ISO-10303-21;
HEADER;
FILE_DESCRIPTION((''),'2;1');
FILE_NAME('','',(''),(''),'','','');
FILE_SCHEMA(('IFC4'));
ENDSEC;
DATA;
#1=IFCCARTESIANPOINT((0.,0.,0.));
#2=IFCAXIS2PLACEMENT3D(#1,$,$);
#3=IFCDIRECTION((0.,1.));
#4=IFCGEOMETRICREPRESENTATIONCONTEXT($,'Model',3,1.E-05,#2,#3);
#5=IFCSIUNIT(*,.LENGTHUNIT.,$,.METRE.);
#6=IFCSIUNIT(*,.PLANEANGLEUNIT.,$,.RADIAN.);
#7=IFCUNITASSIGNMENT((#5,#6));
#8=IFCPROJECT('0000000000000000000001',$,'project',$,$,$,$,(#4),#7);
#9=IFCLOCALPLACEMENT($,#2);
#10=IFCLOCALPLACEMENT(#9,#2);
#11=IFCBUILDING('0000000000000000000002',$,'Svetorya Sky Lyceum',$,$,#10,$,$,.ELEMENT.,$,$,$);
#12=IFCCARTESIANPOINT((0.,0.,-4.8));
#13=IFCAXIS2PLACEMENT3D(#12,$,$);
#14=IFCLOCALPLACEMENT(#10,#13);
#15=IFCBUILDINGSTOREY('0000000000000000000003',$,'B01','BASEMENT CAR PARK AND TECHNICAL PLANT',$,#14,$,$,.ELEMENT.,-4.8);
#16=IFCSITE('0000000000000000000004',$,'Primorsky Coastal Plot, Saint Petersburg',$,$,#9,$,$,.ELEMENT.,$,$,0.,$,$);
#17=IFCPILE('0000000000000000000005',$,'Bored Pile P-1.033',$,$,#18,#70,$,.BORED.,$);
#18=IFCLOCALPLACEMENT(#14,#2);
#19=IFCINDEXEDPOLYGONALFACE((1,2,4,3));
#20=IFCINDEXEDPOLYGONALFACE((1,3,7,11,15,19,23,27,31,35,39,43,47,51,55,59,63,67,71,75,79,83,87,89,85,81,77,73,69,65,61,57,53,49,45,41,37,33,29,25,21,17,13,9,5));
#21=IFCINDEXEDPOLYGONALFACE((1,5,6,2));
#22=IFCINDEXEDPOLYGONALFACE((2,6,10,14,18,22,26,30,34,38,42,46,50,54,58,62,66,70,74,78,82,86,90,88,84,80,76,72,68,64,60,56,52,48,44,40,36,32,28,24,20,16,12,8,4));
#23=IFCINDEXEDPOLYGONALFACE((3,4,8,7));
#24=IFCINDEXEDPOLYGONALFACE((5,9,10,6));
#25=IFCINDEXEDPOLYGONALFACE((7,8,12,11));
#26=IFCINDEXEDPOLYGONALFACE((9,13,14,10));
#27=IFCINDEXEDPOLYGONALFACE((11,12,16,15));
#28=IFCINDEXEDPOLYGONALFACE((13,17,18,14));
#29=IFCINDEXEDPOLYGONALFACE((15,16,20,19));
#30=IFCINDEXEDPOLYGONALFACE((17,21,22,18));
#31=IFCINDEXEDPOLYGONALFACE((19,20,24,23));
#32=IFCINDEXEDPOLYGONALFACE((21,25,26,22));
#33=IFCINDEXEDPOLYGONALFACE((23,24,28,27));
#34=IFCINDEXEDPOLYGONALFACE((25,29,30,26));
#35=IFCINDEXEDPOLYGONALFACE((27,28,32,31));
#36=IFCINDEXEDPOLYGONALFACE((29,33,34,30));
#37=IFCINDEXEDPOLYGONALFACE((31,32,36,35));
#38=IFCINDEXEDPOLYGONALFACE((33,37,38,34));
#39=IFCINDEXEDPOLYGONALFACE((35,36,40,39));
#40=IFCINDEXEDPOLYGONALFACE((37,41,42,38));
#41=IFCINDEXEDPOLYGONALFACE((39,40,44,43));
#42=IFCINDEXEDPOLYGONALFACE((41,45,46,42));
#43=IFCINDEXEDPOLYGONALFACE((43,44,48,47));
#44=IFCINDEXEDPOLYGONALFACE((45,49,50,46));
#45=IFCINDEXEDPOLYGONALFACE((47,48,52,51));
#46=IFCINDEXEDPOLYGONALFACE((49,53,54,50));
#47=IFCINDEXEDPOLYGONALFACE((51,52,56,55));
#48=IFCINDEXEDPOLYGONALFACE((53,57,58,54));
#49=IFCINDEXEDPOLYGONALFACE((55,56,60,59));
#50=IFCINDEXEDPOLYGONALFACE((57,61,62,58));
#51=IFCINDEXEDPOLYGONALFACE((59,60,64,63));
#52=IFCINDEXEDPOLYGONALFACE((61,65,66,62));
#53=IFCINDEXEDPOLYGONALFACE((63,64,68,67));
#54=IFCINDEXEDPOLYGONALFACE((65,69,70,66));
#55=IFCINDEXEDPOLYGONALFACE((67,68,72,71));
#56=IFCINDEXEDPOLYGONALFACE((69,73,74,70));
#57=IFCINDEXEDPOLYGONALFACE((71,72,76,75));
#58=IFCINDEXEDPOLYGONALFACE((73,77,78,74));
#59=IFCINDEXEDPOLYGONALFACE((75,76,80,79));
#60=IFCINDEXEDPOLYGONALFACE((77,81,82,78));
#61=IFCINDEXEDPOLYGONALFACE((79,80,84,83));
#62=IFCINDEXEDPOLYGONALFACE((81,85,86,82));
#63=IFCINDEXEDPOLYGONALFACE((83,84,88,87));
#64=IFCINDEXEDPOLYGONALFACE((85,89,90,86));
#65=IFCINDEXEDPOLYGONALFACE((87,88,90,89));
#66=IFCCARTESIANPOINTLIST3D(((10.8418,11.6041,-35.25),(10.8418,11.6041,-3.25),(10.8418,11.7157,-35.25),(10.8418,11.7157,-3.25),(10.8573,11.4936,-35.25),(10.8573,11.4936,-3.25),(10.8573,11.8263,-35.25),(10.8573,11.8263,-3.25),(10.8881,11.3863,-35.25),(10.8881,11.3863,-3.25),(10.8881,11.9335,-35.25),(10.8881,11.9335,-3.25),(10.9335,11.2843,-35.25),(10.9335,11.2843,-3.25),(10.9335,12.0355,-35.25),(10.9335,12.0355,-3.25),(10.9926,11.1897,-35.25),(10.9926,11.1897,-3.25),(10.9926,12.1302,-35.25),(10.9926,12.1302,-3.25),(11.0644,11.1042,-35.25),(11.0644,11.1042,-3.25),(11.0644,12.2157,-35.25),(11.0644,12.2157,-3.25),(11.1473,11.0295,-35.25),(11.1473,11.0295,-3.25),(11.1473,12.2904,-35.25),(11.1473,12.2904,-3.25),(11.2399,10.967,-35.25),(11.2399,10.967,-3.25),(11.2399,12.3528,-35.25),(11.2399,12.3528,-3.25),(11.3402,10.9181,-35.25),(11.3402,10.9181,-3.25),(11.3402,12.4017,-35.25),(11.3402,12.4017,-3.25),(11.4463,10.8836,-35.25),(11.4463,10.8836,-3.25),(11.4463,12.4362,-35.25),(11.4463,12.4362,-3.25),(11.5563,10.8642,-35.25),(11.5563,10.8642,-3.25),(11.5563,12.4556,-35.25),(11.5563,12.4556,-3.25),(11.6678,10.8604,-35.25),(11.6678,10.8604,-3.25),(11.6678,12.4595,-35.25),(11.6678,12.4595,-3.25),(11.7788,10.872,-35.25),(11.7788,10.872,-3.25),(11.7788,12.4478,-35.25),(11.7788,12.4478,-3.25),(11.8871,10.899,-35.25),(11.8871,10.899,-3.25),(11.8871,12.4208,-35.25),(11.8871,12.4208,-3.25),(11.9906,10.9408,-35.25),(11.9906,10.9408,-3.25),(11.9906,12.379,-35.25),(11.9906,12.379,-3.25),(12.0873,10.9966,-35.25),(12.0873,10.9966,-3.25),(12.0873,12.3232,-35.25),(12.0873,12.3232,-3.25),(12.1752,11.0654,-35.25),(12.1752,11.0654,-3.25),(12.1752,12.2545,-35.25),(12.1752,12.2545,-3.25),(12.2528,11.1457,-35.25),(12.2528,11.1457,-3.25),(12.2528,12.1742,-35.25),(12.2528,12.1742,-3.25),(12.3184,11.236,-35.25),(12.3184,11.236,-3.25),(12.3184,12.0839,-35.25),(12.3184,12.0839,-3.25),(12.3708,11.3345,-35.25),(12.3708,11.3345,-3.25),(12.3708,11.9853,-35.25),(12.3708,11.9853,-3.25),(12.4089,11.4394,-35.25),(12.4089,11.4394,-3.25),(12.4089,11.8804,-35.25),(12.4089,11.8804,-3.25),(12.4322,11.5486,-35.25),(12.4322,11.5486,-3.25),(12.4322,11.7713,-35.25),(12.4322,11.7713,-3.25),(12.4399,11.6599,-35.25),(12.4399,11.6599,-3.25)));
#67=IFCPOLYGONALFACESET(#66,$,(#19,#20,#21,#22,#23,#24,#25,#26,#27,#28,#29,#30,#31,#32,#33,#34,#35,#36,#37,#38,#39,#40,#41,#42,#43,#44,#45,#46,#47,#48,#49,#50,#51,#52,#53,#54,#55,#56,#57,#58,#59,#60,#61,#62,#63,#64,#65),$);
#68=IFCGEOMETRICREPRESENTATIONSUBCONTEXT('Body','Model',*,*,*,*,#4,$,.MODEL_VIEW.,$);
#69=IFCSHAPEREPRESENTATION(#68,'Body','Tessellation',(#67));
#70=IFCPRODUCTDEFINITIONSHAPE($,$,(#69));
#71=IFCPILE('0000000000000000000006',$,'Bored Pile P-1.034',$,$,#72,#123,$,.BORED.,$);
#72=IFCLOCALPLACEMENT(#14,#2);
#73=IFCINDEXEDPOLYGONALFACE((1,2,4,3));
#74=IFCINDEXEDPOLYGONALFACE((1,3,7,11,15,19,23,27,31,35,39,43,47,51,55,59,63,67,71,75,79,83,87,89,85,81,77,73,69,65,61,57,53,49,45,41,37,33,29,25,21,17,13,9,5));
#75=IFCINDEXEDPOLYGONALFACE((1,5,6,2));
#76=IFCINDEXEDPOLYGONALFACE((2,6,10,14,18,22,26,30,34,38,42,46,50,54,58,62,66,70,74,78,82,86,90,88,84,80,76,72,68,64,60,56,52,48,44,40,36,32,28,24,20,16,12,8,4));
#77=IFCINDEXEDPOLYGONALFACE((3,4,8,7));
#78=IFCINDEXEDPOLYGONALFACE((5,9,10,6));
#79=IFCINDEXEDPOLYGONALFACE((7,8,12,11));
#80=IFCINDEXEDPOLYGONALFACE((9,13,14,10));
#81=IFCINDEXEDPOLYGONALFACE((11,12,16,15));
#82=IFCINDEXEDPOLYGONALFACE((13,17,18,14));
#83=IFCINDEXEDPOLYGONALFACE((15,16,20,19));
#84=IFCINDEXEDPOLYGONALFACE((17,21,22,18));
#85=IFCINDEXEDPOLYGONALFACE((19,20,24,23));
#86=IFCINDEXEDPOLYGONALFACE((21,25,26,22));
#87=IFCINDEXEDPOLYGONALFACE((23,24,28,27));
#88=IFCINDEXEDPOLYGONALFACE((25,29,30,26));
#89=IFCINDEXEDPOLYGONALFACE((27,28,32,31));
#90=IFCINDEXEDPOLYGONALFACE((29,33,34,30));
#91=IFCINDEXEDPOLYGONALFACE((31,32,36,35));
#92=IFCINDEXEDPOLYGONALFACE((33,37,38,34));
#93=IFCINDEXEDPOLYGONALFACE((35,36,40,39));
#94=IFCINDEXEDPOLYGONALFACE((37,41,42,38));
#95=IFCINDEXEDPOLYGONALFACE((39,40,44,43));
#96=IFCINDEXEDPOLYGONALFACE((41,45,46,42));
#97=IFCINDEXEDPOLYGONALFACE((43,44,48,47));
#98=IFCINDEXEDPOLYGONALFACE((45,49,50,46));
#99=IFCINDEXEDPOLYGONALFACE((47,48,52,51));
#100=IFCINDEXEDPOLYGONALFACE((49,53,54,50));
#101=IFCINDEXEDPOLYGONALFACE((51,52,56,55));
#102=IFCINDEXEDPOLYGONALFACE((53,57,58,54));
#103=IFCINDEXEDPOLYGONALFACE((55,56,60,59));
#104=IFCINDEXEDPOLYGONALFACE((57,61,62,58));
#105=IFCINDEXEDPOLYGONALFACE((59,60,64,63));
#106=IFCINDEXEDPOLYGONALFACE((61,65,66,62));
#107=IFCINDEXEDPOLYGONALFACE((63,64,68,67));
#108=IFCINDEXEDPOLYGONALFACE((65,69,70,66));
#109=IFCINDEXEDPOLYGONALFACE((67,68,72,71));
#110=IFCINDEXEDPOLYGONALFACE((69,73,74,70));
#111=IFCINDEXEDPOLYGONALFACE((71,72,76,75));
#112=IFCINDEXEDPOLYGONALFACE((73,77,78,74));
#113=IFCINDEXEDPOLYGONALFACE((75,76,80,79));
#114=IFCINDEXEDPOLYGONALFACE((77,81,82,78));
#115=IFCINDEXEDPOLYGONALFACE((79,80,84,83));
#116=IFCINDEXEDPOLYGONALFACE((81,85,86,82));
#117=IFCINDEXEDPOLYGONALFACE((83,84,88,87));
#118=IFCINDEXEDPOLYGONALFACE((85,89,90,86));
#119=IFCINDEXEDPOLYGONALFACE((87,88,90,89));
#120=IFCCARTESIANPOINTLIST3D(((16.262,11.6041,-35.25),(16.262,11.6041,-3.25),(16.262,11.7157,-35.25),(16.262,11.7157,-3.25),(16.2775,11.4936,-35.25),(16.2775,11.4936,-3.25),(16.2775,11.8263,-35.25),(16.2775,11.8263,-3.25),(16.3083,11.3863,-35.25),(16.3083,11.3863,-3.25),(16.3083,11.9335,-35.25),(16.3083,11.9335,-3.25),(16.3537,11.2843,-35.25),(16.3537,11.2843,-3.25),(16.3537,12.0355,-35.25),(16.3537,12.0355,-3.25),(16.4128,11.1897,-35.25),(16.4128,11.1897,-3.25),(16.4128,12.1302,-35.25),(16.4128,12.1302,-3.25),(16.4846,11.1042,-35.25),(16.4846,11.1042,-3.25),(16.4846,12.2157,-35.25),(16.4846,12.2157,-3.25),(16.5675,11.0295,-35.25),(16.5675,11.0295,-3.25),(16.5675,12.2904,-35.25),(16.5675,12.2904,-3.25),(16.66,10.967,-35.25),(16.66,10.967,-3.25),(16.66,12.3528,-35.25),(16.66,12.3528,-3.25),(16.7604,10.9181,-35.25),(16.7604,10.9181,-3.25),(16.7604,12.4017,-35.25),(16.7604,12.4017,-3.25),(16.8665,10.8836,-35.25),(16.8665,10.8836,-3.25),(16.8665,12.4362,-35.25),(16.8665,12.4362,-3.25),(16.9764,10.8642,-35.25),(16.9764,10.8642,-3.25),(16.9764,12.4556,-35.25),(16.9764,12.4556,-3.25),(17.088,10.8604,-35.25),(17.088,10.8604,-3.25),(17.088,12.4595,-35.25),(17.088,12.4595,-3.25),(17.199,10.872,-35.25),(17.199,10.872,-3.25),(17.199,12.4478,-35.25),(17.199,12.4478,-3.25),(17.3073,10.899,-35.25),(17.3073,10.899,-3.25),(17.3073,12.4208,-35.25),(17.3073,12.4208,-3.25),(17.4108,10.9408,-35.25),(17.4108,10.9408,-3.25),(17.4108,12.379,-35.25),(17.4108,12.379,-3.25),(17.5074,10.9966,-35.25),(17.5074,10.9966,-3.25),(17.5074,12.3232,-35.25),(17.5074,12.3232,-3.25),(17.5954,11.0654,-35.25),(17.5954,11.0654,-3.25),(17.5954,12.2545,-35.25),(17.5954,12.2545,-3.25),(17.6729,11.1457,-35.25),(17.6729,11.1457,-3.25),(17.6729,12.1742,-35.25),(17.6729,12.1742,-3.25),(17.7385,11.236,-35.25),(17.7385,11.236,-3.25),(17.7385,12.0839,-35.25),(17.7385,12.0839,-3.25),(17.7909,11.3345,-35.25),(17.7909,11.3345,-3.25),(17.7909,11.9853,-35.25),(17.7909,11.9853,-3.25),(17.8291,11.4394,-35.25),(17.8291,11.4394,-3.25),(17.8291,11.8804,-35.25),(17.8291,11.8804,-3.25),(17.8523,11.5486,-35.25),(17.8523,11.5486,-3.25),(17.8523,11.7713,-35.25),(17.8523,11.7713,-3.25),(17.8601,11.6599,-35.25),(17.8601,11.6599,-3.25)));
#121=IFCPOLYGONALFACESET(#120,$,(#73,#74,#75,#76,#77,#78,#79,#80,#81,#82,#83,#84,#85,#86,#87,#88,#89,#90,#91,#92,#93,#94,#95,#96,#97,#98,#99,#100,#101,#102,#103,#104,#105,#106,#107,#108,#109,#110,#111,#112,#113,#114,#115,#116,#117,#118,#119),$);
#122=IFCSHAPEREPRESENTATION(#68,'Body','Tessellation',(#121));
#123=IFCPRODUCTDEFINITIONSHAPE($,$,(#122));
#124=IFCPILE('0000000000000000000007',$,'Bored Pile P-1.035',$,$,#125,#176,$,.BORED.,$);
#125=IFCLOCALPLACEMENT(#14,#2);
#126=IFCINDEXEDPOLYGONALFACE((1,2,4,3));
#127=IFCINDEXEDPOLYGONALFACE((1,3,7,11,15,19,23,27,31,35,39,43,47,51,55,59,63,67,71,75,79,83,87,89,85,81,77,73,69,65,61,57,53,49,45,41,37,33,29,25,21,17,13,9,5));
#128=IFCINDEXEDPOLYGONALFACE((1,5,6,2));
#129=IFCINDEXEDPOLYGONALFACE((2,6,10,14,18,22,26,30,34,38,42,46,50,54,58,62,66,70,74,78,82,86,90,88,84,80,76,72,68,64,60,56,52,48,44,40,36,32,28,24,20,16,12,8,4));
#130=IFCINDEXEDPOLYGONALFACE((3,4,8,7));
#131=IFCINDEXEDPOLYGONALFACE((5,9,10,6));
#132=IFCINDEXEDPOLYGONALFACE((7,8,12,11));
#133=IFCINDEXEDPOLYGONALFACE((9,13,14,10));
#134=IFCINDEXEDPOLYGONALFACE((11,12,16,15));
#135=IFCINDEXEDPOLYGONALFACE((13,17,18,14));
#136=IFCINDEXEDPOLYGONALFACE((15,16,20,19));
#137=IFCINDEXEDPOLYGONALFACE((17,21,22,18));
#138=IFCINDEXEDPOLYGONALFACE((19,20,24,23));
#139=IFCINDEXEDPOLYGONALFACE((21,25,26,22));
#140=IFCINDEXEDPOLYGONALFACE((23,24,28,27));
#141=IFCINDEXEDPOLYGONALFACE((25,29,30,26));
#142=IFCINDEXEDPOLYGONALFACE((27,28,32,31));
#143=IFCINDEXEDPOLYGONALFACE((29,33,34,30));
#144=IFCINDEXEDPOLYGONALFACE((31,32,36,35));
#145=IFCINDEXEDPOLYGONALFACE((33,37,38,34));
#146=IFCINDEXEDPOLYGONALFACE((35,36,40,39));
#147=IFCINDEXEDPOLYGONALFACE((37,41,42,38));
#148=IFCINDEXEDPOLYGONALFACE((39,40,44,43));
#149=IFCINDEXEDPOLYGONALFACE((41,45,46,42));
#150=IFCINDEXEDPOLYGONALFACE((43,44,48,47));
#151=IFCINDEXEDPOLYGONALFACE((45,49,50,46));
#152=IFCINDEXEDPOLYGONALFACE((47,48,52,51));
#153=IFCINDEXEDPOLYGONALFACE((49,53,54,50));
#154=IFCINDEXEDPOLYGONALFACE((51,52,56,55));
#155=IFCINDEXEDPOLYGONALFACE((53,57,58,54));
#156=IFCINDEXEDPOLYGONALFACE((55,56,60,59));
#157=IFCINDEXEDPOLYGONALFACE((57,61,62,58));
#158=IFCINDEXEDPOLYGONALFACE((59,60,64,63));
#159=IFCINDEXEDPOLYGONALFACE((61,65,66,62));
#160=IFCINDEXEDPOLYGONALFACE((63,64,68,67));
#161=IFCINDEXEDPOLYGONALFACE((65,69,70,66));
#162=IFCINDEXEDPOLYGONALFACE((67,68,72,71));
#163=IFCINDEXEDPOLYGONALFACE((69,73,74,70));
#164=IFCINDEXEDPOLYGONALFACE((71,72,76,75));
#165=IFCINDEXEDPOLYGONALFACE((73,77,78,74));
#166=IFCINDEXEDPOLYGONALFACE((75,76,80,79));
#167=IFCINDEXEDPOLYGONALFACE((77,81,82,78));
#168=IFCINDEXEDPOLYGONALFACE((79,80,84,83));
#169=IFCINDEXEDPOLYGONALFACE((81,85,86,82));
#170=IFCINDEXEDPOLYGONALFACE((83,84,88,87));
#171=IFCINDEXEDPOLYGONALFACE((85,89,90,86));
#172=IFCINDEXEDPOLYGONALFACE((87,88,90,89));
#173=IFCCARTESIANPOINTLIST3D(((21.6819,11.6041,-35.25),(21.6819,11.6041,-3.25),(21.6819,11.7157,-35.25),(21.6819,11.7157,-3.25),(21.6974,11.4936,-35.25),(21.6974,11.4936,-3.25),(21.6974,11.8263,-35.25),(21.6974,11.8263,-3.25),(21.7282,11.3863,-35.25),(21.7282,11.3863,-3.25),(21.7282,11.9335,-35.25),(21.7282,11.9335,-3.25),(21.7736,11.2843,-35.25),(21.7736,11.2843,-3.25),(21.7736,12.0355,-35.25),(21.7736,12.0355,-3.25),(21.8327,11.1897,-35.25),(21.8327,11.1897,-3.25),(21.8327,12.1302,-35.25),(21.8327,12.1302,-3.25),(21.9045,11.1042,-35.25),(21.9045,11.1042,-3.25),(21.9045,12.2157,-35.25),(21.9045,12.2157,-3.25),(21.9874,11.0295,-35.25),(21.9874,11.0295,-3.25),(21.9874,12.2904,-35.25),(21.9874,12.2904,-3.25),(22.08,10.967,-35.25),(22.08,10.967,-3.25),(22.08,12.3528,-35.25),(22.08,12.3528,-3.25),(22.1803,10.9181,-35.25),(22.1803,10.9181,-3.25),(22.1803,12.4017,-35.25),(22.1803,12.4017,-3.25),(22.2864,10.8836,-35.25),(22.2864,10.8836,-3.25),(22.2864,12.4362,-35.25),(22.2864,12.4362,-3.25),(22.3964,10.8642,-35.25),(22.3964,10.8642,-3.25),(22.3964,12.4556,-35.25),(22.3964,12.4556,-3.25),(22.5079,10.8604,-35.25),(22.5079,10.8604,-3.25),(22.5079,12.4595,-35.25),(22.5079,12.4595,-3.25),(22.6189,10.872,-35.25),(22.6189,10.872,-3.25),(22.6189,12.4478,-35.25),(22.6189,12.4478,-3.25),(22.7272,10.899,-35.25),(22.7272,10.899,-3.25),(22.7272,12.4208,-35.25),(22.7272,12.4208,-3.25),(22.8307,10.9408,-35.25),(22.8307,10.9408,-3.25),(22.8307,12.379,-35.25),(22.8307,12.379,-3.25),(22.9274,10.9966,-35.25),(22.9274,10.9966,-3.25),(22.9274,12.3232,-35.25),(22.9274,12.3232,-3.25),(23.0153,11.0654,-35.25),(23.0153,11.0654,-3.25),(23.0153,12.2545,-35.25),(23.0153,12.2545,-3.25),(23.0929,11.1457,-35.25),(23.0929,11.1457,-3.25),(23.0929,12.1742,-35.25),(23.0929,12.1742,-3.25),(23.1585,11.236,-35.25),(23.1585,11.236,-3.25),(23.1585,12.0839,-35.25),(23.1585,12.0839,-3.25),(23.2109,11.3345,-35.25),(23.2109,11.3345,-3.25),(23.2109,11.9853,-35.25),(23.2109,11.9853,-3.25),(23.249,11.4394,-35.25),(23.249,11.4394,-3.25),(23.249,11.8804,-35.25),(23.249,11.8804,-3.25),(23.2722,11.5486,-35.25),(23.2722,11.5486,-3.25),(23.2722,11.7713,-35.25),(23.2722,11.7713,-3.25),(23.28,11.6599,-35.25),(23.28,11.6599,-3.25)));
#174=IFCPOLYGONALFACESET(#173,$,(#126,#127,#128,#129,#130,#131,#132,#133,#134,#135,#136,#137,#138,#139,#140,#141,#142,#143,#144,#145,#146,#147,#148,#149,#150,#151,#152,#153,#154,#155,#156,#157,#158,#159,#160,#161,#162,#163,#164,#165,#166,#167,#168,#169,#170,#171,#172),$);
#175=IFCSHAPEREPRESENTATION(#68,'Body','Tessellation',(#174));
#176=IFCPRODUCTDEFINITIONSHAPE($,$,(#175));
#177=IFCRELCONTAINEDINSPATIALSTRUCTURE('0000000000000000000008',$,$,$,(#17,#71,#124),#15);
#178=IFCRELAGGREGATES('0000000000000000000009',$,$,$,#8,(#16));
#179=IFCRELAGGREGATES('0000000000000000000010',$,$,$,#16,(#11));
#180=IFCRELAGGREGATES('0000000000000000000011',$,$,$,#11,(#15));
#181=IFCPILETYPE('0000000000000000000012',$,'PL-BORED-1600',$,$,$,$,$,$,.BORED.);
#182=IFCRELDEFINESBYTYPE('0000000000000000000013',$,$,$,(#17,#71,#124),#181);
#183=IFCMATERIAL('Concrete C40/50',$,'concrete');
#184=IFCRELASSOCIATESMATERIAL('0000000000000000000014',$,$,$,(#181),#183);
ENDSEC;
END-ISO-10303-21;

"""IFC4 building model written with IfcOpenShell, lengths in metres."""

from ifc_helpers import new_model, si_unit, direction, frame, origin, origin_2d, place, context, subcontext, project, spatial, circle, extrude, material, material_profile, profile_set, type_object, element, save


model = new_model("IFC4")

# Units and contexts
model_context = context("Model", 3, precision=1e-05, world=origin(), true_north=direction((0.0, 1.0)))
body_context = subcontext(model_context, "Body", "Model", "MODEL_VIEW")
ifc_project = project(units=[si_unit("LENGTHUNIT", "METRE"), si_unit("PLANEANGLEUNIT", "RADIAN")], contexts=[model_context])

# Site, building, storey
site_placement = place(None, origin())
site = spatial("IfcSite", under=ifc_project, at=site_placement, Name="Primorsky Coastal Plot, Saint Petersburg", CompositionType="ELEMENT", RefElevation=0.0)
building_placement = place(site_placement, origin())
building = spatial("IfcBuilding", under=site, at=building_placement, Name="Svetorya Sky Lyceum", CompositionType="ELEMENT")
storey_placement = place(building_placement, frame((0.0, 0.0, -4.8)))
storey = spatial("IfcBuildingStorey", under=building, at=storey_placement, Name="B01", Description="BASEMENT CAR PARK AND TECHNICAL PLANT", CompositionType="ELEMENT", Elevation=-4.8)

# Piles
ifc_material_1 = material(Name="Concrete C40/50", Category="concrete")
ifc_material_profile_1 = material_profile(ifc_material_1, circle(Radius=0.8, at=origin_2d()), Name="RC PILE D1600")
ifc_profile_set_1 = profile_set([ifc_material_profile_1], Name="Concrete C40/50")
pile_type = type_object("IfcPileType", Name="PL-BORED-1600", PredefinedType="BORED", material=ifc_profile_set_1)
for number, where, z_axis, x_axis, name in (
    (1, (11.6399, 11.6599, -3.25), (0.0, 0.0, -1.0), (1.0, 0.0, 0.0), "Bored Pile P-1.033"),
    (2, (17.0601, 11.6599, -3.25), (0.0, 0.0, -1.0), (1.0, 0.0, 0.0), "Bored Pile P-1.034"),
    (3, (22.48, 11.6599, -3.25), (0.0, 0.0, -1.0), (1.0, 0.0, 0.0), "Bored Pile P-1.035"),
):
    element("IfcPile", number, at=place(storey_placement, frame(where, z_axis=z_axis, x_axis=x_axis)), inside=storey, type_object=pile_type, Name=name, PredefinedType="BORED", context=body_context, shape_type="SweptSolid", body=[
        extrude(circle(Radius=0.8, at=origin_2d()), origin(), (0.0, 0.0, 1.0), 32.0),
    ])

save(model, "model.ifc")
